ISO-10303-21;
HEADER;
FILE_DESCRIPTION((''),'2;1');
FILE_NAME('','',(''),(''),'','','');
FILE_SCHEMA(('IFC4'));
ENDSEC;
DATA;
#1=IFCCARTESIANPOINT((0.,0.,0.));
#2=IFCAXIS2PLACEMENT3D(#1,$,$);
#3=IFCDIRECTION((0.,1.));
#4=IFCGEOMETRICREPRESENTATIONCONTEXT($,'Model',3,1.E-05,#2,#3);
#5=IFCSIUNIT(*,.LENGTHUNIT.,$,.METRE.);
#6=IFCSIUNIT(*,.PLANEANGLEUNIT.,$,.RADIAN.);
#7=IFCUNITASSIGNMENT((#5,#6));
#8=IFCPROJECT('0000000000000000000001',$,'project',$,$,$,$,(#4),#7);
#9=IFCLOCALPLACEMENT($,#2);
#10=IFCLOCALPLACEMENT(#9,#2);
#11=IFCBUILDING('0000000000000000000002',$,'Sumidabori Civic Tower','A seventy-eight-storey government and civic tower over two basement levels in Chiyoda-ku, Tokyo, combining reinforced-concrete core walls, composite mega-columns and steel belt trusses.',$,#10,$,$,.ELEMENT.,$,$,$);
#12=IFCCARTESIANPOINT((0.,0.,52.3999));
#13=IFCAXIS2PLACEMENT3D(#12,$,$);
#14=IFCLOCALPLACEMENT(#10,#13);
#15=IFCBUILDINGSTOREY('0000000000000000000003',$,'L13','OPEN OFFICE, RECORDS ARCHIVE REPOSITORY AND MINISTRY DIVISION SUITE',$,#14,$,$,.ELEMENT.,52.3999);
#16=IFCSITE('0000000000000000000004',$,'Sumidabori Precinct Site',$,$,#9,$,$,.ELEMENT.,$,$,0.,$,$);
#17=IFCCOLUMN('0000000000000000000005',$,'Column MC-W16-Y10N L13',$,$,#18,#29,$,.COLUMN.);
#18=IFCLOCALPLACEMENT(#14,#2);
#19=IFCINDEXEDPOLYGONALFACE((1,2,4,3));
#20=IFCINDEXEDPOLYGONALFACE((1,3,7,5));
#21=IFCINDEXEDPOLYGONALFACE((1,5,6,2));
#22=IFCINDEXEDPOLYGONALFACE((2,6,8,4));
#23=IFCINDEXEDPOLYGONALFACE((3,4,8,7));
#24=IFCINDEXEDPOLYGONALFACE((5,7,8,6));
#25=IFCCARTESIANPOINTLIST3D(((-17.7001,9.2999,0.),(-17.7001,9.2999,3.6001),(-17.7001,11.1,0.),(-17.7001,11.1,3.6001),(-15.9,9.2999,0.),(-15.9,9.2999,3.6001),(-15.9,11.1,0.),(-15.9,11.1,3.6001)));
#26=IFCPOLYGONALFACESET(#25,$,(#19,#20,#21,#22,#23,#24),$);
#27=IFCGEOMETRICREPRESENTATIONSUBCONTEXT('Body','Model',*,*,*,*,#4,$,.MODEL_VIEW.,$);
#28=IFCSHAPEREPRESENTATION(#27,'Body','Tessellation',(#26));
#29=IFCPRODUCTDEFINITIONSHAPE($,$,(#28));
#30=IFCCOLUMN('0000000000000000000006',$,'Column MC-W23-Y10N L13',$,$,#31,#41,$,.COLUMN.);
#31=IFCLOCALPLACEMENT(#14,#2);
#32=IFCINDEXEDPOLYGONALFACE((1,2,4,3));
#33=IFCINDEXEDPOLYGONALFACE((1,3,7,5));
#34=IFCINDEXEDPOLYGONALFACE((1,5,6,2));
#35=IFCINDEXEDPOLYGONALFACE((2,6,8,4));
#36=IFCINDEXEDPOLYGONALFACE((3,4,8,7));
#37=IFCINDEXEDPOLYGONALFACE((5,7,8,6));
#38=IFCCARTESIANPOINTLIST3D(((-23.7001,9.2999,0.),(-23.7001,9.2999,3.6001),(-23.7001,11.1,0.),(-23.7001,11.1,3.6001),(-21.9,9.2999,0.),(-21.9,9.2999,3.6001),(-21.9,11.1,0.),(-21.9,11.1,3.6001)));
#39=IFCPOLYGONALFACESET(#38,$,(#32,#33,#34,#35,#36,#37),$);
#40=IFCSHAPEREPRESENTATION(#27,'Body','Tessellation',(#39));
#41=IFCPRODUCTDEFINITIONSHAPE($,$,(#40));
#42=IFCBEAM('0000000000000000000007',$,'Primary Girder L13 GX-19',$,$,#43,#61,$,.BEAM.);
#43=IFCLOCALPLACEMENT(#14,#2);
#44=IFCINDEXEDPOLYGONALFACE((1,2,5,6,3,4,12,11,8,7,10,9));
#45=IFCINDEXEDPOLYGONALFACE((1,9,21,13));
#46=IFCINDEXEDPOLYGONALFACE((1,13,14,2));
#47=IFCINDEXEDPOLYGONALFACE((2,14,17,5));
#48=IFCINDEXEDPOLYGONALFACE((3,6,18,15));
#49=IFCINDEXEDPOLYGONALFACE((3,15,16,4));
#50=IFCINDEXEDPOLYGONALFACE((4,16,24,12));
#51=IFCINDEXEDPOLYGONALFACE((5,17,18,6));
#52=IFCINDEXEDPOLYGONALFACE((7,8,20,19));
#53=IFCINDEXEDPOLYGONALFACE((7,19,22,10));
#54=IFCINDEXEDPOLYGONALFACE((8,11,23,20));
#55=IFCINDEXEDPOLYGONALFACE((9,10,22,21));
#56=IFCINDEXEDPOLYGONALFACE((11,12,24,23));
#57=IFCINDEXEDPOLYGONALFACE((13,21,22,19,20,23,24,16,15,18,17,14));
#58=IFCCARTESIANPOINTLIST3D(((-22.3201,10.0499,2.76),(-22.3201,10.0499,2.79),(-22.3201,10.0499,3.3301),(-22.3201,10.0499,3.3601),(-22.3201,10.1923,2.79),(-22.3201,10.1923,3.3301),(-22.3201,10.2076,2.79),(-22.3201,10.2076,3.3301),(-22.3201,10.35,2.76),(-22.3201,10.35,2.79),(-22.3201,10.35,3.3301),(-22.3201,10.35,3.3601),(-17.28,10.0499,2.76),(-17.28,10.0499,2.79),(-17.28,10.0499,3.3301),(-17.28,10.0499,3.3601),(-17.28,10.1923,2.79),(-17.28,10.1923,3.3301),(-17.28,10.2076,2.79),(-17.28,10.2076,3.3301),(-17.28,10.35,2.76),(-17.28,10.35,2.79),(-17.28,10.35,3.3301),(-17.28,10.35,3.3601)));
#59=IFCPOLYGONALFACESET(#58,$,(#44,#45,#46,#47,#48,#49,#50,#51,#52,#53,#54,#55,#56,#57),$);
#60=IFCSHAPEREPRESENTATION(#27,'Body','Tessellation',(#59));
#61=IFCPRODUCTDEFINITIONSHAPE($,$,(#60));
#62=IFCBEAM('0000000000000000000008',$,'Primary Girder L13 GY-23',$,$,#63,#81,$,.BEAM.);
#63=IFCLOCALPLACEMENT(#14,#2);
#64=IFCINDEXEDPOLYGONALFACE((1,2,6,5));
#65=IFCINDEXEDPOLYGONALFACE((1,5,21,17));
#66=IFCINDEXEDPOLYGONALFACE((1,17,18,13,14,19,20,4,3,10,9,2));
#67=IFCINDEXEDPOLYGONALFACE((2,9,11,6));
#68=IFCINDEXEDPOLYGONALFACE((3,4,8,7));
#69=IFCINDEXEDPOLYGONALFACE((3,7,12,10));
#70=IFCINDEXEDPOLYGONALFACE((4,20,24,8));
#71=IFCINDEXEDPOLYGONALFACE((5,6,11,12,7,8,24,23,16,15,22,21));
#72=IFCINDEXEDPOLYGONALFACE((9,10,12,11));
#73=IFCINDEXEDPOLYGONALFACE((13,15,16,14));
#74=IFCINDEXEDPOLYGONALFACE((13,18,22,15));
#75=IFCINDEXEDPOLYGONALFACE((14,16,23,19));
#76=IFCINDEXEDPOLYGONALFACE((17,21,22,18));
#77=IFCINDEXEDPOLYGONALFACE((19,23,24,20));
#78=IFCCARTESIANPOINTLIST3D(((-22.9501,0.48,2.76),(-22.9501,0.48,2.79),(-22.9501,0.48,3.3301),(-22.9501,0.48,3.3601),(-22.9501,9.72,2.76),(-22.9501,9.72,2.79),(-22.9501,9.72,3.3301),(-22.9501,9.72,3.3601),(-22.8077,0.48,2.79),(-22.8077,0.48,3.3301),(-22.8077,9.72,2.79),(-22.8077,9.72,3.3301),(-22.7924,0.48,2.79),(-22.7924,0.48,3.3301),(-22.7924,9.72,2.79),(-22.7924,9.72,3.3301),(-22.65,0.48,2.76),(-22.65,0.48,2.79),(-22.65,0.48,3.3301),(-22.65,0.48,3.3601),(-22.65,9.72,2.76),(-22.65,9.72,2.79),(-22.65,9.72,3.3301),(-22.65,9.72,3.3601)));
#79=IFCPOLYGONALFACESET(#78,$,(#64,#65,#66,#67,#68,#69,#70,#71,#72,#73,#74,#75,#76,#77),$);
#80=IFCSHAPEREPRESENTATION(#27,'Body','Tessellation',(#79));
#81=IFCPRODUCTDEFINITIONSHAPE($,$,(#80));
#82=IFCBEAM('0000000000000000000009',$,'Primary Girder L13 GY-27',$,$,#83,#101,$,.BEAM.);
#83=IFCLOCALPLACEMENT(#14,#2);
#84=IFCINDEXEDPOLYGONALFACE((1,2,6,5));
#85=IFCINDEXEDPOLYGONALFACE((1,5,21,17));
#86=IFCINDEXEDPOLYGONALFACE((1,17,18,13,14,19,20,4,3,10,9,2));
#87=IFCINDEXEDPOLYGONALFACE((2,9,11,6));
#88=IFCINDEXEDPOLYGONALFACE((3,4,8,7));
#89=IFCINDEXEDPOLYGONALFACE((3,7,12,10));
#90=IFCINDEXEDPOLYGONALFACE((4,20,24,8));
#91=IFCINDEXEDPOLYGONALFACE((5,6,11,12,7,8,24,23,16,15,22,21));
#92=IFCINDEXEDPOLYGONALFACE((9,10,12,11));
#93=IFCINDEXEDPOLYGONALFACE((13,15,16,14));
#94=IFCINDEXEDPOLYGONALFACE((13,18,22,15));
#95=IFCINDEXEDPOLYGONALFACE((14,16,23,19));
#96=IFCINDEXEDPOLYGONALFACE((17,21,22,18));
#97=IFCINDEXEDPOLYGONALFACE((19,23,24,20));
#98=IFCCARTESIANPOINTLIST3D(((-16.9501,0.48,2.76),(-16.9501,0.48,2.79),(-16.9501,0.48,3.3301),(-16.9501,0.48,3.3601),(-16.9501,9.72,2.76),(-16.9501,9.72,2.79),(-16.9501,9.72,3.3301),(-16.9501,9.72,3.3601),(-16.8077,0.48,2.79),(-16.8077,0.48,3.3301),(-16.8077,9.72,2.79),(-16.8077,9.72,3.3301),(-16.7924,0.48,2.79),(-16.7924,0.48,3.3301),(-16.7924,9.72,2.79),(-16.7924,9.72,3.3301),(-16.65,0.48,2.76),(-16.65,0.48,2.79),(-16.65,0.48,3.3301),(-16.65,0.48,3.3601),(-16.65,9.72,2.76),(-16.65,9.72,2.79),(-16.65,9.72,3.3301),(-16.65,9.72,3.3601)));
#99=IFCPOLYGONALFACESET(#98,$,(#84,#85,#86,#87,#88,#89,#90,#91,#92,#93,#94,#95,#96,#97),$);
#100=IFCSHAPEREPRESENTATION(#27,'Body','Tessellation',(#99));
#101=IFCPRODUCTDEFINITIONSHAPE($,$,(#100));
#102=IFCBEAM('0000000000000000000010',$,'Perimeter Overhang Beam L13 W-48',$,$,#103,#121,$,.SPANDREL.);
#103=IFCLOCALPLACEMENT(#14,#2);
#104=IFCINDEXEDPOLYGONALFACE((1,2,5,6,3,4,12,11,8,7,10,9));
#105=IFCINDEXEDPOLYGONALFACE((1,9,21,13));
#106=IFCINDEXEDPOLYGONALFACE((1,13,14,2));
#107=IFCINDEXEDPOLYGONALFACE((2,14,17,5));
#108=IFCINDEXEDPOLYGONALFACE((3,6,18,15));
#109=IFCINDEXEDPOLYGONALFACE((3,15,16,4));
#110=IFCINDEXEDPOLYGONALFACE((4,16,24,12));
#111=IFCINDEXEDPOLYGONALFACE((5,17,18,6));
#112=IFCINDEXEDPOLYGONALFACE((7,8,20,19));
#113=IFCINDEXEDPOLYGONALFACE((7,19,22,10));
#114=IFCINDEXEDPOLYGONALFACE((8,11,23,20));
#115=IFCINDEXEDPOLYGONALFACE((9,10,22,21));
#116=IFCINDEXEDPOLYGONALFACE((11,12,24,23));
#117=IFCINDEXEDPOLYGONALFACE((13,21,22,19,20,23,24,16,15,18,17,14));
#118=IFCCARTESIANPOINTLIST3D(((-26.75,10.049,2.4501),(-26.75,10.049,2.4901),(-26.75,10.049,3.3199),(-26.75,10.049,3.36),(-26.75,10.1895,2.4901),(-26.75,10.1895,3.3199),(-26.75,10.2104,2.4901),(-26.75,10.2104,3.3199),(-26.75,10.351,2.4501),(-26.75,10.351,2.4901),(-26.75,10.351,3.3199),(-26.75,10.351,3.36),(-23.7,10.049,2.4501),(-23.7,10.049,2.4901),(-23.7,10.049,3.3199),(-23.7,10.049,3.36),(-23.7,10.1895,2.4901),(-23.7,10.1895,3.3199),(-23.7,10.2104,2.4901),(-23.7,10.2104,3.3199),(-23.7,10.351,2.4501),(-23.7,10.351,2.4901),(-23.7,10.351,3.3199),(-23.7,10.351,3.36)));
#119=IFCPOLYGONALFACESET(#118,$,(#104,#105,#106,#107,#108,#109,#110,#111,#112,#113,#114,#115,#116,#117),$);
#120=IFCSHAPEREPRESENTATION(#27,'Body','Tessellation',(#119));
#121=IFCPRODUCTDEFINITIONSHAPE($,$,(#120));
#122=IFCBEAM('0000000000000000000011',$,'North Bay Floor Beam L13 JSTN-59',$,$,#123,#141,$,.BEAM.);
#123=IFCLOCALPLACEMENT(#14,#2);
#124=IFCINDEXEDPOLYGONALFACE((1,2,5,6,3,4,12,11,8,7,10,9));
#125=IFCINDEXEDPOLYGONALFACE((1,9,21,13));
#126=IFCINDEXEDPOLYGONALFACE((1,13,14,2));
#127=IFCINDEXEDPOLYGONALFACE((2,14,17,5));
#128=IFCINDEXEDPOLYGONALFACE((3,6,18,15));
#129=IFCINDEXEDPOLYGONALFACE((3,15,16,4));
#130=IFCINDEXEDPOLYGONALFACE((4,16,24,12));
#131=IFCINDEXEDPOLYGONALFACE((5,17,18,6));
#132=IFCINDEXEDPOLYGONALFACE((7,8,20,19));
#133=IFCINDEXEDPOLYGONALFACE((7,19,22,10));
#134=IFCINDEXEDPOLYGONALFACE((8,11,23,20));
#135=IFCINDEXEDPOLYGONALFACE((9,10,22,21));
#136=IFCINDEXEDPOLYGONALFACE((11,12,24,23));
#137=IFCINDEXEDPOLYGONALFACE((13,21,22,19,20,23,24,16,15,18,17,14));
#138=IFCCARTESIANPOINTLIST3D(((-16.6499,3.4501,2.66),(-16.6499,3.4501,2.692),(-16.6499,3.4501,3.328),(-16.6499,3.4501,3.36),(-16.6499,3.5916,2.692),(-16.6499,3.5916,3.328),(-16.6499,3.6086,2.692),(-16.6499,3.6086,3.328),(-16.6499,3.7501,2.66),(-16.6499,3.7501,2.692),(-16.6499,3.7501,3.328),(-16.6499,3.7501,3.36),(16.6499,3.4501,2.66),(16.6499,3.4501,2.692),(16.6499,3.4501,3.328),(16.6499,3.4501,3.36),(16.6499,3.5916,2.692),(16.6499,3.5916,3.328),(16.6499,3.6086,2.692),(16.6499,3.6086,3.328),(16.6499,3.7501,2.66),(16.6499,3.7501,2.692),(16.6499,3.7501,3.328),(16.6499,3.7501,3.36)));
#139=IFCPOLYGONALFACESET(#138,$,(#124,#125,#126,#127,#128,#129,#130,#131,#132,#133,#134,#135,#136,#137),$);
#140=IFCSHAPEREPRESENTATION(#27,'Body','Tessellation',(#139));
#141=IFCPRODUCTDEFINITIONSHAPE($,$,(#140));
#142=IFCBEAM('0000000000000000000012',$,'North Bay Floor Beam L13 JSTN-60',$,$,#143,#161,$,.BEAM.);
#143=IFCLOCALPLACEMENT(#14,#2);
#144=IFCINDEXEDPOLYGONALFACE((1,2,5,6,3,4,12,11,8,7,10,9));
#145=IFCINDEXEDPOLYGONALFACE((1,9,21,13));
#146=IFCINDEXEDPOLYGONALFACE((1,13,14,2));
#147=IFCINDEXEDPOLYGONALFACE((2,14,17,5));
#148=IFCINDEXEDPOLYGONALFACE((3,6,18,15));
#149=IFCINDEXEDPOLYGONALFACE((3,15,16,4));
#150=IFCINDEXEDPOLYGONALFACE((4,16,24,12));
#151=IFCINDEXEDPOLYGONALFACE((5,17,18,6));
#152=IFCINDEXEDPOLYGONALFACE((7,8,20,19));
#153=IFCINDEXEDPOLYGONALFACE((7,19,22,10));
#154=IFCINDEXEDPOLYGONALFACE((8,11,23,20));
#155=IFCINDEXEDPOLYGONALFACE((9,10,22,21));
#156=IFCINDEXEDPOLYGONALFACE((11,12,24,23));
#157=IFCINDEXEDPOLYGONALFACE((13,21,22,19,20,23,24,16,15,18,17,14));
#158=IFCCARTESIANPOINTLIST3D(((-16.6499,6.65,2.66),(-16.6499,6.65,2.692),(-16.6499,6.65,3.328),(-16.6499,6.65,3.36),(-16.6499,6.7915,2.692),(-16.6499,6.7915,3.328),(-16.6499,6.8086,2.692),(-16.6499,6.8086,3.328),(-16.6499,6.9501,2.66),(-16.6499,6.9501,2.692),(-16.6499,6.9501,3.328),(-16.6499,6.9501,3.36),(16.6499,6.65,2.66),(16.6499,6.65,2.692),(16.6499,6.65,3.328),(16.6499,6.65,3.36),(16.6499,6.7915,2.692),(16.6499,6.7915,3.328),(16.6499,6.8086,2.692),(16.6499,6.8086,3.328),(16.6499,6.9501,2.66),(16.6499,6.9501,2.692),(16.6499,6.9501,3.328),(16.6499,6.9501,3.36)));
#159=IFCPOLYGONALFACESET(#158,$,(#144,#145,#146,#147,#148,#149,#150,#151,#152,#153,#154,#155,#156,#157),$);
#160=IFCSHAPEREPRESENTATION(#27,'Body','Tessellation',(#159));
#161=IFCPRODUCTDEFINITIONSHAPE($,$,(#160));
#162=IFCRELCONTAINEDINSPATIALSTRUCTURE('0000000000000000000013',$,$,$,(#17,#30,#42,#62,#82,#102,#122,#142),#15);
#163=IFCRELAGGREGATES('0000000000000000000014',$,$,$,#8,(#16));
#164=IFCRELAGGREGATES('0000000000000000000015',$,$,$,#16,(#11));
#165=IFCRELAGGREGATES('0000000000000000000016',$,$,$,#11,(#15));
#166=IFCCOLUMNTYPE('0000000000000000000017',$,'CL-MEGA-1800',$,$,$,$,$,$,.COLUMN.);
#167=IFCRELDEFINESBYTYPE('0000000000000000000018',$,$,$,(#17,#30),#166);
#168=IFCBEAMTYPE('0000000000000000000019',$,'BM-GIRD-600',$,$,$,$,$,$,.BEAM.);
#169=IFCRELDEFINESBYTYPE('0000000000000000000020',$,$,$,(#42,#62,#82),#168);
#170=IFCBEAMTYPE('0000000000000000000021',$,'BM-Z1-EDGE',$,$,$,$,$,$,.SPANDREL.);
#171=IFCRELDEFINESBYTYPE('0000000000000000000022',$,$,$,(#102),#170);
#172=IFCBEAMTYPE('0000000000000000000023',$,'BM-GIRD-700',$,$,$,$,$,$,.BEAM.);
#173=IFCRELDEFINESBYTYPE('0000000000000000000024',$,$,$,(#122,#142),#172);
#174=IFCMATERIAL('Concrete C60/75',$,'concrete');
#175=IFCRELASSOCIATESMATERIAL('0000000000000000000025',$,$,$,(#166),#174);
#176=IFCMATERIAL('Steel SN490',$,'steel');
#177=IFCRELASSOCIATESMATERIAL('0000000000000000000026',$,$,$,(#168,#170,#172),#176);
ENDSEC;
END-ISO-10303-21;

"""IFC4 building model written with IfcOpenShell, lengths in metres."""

from ifc_helpers import new_model, si_unit, direction, frame, origin, origin_2d, place, context, subcontext, project, spatial, rectangle, i_section, extrude, source, transform, mapped, material, material_profile, profile_set, type_object, element, save


model = new_model("IFC4")

# Units and contexts
model_context = context("Model", 3, precision=1e-05, world=origin(), true_north=direction((0.0, 1.0)))
body_context = subcontext(model_context, "Body", "Model", "MODEL_VIEW")
ifc_project = project(units=[si_unit("LENGTHUNIT", "METRE"), si_unit("PLANEANGLEUNIT", "RADIAN")], contexts=[model_context])

# Site, building, storey
site_placement = place(None, origin())
site = spatial("IfcSite", under=ifc_project, at=site_placement, Name="Sumidabori Precinct Site", CompositionType="ELEMENT", RefElevation=0.0)
building_placement = place(site_placement, origin())
building = spatial("IfcBuilding", under=site, at=building_placement, Name="Sumidabori Civic Tower", Description="A seventy-eight-storey government and civic tower over two basement levels in Chiyoda-ku, Tokyo, combining reinforced-concrete core walls, composite mega-columns and steel belt trusses.", CompositionType="ELEMENT")
storey_placement = place(building_placement, frame((0.0, 0.0, 52.3999)))
storey = spatial("IfcBuildingStorey", under=building, at=storey_placement, Name="L13", Description="OPEN OFFICE, RECORDS ARCHIVE REPOSITORY AND MINISTRY DIVISION SUITE", CompositionType="ELEMENT", Elevation=52.3999)

# Columns
ifc_material_1 = material(Name="Concrete C60/75", Category="concrete")
ifc_material_profile_1 = material_profile(ifc_material_1, rectangle(XDim=1.8, YDim=1.8, at=origin_2d()), Name="RC 1800x1800")
ifc_profile_set_1 = profile_set([ifc_material_profile_1], Name="Concrete C60/75")
column_type = type_object("IfcColumnType", Name="CL-MEGA-1800", PredefinedType="COLUMN", material=ifc_profile_set_1)
shared_shape_1 = source(origin(), body_context, "Body", "SweptSolid", [
    extrude(rectangle(XDim=1.8, YDim=1.8, at=origin_2d()), origin(), (0.0, 0.0, 1.0), 3.6001),
])
for number, where, z_axis, x_axis, name in (
    (1, (-16.8, 10.2, 0.0), (0.0, 0.0, 1.0), (1.0, 0.0, 0.0), "Column MC-W16-Y10N L13"),
    (2, (-22.8, 10.2, 0.0), (0.0, 0.0, 1.0), (1.0, 0.0, 0.0), "Column MC-W23-Y10N L13"),
):
    element("IfcColumn", number, at=place(storey_placement, frame(where, z_axis=z_axis, x_axis=x_axis)), inside=storey, type_object=column_type, Name=name, PredefinedType="COLUMN", context=body_context, shape_type="MappedRepresentation", body=[
        mapped(shared_shape_1, transform((0.0, 0.0, 0.0), x_axis=(1.0, 0.0, 0.0), y_axis=(0.0, 1.0, 0.0), z_axis=(0.0, 0.0, 1.0), scale=1.0)),
    ])

# Beams
ifc_material_2 = material(Name="Steel SN490", Category="steel")
ifc_material_profile_2 = material_profile(ifc_material_2, i_section(OverallWidth=0.3, OverallDepth=0.6001, WebThickness=0.0154, FlangeThickness=0.03, at=origin_2d()), Name="HE 600 B")
ifc_profile_set_2 = profile_set([ifc_material_profile_2], Name="Steel SN490")
beam_type_1 = type_object("IfcBeamType", Name="BM-GIRD-600", PredefinedType="BEAM", material=ifc_profile_set_2)
shared_shape_2 = source(origin(), body_context, "Body", "SweptSolid", [
    extrude(i_section(OverallWidth=0.3, OverallDepth=0.6001, WebThickness=0.0154, FlangeThickness=0.03, at=origin_2d()), origin(), (0.0, 0.0, 1.0), 5.04),
])
beam_1_placement = place(storey_placement, frame((-22.3201, 10.2, 3.0601), z_axis=(1.0, 0.0, 0.0), x_axis=(0.0, 1.0, 0.0)))
element("IfcBeam", 3, at=beam_1_placement, inside=storey, type_object=beam_type_1, Name="Primary Girder L13 GX-19", PredefinedType="BEAM", context=body_context, shape_type="MappedRepresentation", body=[
    mapped(shared_shape_2, transform((0.0, 0.0, 0.0), x_axis=(1.0, 0.0, 0.0), y_axis=(0.0, 1.0, 0.0), z_axis=(0.0, 0.0, 1.0), scale=1.0)),
])
shared_shape_3 = source(origin(), body_context, "Body", "SweptSolid", [
    extrude(i_section(OverallWidth=0.3, OverallDepth=0.6001, WebThickness=0.0154, FlangeThickness=0.03, at=origin_2d()), origin(), (0.0, 0.0, 1.0), 9.24),
])
for number, where, z_axis, x_axis, name in (
    (4, (-22.8, 0.48, 3.0601), (0.0, 1.0, 0.0), (-1.0, 0.0, 0.0), "Primary Girder L13 GY-23"),
    (5, (-16.8, 0.48, 3.0601), (0.0, 1.0, 0.0), (-1.0, 0.0, 0.0), "Primary Girder L13 GY-27"),
):
    element("IfcBeam", number, at=place(storey_placement, frame(where, z_axis=z_axis, x_axis=x_axis)), inside=storey, type_object=beam_type_1, Name=name, PredefinedType="BEAM", context=body_context, shape_type="MappedRepresentation", body=[
        mapped(shared_shape_3, transform((0.0, 0.0, 0.0), x_axis=(1.0, 0.0, 0.0), y_axis=(0.0, 1.0, 0.0), z_axis=(0.0, 0.0, 1.0), scale=1.0)),
    ])
ifc_material_profile_3 = material_profile(ifc_material_2, i_section(OverallWidth=0.302, OverallDepth=0.9099, WebThickness=0.021, FlangeThickness=0.04, at=origin_2d()), Name="HE 900 M")
ifc_profile_set_3 = profile_set([ifc_material_profile_3], Name="Steel SN490")
beam_type_2 = type_object("IfcBeamType", Name="BM-Z1-EDGE", PredefinedType="SPANDREL", material=ifc_profile_set_3)
shared_shape_4 = source(origin(), body_context, "Body", "SweptSolid", [
    extrude(i_section(OverallWidth=0.302, OverallDepth=0.9099, WebThickness=0.021, FlangeThickness=0.04, at=origin_2d()), origin(), (0.0, 0.0, 1.0), 3.05),
])
beam_2_placement = place(storey_placement, frame((-26.75, 10.2, 2.905), z_axis=(1.0, 0.0, 0.0), x_axis=(0.0, 1.0, 0.0)))
element("IfcBeam", 6, at=beam_2_placement, inside=storey, type_object=beam_type_2, Name="Perimeter Overhang Beam L13 W-48", PredefinedType="SPANDREL", context=body_context, shape_type="MappedRepresentation", body=[
    mapped(shared_shape_4, transform((0.0, 0.0, 0.0), x_axis=(1.0, 0.0, 0.0), y_axis=(0.0, 1.0, 0.0), z_axis=(0.0, 0.0, 1.0), scale=1.0)),
])
ifc_material_profile_4 = material_profile(ifc_material_2, i_section(OverallWidth=0.3, OverallDepth=0.7, WebThickness=0.0171, FlangeThickness=0.032, at=origin_2d()), Name="HE 700 B")
ifc_profile_set_4 = profile_set([ifc_material_profile_4], Name="Steel SN490")
beam_type_3 = type_object("IfcBeamType", Name="BM-GIRD-700", PredefinedType="BEAM", material=ifc_profile_set_4)
shared_shape_5 = source(origin(), body_context, "Body", "SweptSolid", [
    extrude(i_section(OverallWidth=0.3, OverallDepth=0.7, WebThickness=0.0171, FlangeThickness=0.032, at=origin_2d()), origin(), (0.0, 0.0, 1.0), 33.2998),
])
for number, where, z_axis, x_axis, name in (
    (7, (-16.6499, 3.6001, 3.01), (1.0, 0.0, 0.0), (0.0, 1.0, 0.0), "North Bay Floor Beam L13 JSTN-59"),
    (8, (-16.6499, 6.8, 3.01), (1.0, 0.0, 0.0), (0.0, 1.0, 0.0), "North Bay Floor Beam L13 JSTN-60"),
):
    element("IfcBeam", number, at=place(storey_placement, frame(where, z_axis=z_axis, x_axis=x_axis)), inside=storey, type_object=beam_type_3, Name=name, PredefinedType="BEAM", context=body_context, shape_type="MappedRepresentation", body=[
        mapped(shared_shape_5, transform((0.0, 0.0, 0.0), x_axis=(1.0, 0.0, 0.0), y_axis=(0.0, 1.0, 0.0), z_axis=(0.0, 0.0, 1.0), scale=1.0)),
    ])

save(model, "model.ifc")
